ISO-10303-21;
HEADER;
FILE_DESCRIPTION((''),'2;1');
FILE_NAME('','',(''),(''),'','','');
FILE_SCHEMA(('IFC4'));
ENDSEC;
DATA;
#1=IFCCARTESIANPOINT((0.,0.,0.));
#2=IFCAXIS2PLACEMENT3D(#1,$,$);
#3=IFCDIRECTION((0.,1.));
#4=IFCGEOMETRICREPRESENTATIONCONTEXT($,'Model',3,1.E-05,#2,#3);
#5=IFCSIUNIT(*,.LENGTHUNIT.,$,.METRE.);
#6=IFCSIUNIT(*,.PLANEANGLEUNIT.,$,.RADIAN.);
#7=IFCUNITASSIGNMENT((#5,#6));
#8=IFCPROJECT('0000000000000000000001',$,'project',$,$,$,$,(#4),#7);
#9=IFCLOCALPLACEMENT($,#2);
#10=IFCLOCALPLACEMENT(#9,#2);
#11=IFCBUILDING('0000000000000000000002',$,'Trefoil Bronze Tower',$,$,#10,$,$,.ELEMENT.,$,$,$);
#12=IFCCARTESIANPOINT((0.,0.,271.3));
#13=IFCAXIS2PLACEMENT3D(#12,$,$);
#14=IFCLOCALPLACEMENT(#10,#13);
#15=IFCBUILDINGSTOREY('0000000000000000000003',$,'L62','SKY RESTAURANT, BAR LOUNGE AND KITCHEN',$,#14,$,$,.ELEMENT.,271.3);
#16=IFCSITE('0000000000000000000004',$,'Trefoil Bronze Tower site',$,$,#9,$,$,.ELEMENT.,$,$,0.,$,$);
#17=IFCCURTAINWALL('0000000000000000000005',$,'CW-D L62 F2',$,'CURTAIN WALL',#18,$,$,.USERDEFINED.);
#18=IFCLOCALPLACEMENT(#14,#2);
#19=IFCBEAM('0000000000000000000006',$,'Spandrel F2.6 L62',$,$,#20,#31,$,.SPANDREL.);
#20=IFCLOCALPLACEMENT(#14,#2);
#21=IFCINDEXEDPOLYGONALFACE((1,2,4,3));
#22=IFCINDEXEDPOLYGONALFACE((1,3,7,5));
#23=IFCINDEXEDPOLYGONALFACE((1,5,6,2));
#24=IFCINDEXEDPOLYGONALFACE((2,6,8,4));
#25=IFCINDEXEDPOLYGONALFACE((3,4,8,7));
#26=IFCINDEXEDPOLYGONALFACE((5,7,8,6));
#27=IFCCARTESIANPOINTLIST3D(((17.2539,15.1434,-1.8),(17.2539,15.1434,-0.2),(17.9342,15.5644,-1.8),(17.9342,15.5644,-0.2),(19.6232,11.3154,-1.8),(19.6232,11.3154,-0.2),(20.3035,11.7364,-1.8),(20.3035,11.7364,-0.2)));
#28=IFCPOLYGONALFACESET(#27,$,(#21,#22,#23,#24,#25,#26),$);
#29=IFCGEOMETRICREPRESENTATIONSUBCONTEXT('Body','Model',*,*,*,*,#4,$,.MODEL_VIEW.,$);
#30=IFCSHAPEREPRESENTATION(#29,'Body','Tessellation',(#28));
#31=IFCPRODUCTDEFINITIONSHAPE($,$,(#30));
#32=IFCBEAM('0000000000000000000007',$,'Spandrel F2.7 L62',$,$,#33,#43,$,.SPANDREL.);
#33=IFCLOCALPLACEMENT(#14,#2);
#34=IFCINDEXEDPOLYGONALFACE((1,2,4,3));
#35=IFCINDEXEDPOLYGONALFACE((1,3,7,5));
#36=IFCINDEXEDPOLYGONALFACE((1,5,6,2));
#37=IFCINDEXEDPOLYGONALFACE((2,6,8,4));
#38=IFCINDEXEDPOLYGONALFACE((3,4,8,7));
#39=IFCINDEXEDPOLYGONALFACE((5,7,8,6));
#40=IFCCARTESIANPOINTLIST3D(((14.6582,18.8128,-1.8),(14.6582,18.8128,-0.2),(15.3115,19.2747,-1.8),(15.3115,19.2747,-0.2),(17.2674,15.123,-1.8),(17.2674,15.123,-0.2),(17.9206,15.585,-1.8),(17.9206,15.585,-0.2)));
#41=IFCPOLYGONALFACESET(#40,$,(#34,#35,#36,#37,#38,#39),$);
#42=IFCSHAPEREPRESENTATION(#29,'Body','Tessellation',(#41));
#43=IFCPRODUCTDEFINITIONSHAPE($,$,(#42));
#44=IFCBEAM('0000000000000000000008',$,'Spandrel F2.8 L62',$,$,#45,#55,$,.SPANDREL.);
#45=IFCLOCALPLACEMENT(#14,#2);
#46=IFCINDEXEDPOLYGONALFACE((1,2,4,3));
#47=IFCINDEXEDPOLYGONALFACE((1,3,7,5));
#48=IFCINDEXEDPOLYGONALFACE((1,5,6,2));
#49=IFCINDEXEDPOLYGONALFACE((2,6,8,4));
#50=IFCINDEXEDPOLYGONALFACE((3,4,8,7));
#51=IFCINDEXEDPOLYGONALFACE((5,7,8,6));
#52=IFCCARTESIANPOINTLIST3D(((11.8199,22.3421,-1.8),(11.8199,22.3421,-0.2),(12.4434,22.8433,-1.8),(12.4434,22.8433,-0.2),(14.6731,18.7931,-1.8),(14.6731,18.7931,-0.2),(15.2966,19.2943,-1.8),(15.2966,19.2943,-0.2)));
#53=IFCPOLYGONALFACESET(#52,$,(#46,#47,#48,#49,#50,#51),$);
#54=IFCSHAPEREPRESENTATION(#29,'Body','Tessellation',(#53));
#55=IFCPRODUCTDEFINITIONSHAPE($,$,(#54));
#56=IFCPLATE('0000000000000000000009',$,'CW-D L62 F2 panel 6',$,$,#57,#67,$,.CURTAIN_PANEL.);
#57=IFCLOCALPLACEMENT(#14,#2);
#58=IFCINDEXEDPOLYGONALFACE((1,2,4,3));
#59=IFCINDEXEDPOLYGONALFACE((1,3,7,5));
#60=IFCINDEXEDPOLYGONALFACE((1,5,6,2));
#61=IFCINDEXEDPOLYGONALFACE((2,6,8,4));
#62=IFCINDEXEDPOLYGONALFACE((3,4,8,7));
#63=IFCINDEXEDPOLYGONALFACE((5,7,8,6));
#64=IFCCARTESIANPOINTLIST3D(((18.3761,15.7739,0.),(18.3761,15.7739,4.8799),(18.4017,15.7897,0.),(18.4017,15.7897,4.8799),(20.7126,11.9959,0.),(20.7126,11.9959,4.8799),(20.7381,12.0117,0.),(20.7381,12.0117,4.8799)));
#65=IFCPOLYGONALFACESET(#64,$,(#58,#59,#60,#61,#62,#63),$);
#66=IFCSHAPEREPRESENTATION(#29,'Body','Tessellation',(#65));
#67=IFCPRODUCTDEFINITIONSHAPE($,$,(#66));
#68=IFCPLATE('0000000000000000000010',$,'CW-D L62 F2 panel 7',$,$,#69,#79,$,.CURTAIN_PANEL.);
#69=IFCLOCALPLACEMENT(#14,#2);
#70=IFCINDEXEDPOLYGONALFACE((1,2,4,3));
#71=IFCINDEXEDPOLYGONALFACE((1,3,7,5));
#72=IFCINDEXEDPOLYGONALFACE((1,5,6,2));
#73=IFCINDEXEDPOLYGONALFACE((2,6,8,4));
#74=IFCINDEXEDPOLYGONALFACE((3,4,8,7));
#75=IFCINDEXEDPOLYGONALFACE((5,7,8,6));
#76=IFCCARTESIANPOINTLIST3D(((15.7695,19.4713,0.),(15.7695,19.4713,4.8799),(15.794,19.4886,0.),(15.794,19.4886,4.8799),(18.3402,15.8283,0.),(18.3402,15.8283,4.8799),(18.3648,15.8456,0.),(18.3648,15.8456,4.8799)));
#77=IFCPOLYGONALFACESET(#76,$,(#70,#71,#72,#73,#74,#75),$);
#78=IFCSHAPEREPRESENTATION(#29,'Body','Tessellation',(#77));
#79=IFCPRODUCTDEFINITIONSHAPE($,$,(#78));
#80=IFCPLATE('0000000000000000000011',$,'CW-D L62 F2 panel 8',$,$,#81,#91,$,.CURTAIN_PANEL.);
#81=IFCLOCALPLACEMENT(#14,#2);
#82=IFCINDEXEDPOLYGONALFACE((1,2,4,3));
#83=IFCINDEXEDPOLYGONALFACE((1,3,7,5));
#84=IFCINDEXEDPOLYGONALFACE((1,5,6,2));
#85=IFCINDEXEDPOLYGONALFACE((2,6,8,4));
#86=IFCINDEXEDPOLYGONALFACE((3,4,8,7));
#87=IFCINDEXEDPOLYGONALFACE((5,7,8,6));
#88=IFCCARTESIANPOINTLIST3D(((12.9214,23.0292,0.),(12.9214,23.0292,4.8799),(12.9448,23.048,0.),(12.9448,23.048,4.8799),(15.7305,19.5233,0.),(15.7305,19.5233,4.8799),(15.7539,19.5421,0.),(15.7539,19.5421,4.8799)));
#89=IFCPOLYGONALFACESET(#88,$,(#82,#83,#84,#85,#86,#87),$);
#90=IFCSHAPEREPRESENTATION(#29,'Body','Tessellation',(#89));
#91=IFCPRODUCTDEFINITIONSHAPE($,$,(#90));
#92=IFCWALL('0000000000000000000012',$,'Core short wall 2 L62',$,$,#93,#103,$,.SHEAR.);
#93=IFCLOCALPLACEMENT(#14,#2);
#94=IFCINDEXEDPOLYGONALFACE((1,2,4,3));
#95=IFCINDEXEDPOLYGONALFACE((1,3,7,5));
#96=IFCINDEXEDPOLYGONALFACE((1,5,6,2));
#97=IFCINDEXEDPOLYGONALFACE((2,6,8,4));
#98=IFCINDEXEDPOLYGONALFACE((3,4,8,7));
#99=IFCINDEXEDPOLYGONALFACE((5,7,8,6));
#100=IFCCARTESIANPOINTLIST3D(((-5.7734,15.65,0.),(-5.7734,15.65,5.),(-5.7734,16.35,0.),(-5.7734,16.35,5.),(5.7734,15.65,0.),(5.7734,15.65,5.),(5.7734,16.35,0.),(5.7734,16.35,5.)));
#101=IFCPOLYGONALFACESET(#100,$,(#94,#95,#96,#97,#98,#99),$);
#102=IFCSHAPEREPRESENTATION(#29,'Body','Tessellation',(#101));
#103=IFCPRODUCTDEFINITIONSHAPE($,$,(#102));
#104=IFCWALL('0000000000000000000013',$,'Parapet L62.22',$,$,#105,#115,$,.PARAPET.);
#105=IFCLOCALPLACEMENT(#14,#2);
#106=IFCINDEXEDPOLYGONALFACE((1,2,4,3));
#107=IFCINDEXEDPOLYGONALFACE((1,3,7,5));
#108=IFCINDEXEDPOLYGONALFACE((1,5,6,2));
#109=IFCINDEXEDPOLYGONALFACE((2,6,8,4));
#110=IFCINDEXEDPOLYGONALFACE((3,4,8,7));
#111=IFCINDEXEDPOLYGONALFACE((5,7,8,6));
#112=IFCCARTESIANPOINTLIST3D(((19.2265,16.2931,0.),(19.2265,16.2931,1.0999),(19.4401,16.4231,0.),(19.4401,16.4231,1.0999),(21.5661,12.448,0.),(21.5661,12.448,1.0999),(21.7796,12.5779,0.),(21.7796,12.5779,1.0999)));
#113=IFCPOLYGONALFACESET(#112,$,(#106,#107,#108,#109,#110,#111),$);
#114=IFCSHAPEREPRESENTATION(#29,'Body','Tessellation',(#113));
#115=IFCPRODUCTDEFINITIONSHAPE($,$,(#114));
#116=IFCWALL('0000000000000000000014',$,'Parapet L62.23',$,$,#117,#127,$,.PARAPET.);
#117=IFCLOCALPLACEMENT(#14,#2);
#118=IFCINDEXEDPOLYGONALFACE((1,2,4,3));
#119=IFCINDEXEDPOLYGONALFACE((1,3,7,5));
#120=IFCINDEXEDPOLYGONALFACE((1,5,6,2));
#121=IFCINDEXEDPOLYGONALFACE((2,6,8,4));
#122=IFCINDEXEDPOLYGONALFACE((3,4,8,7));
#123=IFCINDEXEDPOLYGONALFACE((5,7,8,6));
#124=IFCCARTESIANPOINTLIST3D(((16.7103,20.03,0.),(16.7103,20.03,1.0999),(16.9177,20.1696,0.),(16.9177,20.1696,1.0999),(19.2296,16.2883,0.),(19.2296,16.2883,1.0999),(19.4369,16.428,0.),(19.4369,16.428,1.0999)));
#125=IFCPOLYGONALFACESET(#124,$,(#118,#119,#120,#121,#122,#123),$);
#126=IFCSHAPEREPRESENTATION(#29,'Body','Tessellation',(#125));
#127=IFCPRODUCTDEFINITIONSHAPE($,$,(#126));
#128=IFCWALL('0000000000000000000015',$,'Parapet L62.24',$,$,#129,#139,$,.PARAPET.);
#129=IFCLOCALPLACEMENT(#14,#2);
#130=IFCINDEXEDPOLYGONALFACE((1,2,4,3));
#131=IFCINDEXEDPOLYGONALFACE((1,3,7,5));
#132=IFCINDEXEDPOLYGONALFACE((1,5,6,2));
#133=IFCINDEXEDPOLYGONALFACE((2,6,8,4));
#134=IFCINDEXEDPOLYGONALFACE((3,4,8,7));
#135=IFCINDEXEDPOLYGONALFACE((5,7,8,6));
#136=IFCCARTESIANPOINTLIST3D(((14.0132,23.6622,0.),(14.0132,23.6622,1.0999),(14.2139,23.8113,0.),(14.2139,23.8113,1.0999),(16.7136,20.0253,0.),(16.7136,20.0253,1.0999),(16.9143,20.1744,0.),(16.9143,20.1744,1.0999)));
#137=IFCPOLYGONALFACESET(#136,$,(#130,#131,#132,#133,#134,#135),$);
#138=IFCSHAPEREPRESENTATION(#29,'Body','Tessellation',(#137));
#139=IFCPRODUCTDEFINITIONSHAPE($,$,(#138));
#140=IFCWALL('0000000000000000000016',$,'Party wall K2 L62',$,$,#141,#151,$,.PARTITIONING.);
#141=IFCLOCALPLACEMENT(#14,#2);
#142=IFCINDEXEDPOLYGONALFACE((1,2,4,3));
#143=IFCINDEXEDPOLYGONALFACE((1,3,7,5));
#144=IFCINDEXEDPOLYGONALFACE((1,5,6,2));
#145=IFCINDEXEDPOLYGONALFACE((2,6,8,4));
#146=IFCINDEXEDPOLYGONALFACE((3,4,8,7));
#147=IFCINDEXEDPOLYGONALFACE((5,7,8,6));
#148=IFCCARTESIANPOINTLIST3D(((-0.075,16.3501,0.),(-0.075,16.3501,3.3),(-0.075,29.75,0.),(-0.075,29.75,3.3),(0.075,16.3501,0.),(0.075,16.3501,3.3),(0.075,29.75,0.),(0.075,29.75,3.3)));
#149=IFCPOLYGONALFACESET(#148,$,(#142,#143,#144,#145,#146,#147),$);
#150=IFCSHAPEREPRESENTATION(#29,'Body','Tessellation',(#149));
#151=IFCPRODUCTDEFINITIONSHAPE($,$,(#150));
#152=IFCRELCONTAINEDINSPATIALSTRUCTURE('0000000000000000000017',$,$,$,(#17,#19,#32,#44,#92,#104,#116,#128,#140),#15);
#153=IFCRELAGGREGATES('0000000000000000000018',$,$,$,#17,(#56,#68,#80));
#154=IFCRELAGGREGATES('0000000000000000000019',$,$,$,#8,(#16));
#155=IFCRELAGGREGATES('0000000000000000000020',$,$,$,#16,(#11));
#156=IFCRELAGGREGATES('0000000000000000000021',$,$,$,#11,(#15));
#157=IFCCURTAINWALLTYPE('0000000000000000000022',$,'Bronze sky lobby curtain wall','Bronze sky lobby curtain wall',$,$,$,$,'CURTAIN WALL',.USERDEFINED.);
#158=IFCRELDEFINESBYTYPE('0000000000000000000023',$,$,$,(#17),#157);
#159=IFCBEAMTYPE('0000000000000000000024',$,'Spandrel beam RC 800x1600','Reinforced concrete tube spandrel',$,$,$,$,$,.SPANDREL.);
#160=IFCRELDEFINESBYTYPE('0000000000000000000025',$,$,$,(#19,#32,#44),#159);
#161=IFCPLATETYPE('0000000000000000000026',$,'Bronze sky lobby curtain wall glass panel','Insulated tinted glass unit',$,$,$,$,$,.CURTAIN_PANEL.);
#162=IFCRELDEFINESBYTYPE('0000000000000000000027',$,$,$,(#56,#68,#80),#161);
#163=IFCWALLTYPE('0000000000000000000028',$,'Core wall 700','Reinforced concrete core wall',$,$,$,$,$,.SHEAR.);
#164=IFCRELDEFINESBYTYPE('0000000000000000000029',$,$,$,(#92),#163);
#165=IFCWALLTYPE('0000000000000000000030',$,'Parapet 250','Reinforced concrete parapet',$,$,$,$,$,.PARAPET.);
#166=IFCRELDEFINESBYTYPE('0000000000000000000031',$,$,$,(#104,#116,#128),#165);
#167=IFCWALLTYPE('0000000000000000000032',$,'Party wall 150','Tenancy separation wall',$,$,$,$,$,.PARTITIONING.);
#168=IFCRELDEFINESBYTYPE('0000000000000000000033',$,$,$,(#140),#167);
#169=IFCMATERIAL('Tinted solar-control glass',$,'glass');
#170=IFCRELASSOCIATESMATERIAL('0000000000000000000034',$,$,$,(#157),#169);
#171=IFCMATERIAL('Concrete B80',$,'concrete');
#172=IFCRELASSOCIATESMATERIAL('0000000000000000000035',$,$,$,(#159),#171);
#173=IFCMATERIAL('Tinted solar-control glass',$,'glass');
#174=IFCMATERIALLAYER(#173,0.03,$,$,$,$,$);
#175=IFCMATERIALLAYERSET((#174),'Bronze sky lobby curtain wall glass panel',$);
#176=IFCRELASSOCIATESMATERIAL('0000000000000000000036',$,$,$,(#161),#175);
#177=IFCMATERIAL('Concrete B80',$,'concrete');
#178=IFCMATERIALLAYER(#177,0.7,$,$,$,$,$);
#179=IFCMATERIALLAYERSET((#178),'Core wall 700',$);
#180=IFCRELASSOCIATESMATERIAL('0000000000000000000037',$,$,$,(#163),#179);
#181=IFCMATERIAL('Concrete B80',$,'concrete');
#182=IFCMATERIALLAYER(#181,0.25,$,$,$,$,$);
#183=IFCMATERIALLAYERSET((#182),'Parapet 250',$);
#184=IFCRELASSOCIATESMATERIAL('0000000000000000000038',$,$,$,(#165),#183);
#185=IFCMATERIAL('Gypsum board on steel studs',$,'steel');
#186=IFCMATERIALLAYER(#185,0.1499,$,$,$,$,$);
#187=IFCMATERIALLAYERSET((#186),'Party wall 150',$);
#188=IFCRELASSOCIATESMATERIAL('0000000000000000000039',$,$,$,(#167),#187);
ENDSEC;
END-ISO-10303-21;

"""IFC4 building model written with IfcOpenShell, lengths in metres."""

from ifc_helpers import new_model, si_unit, direction, frame, frame_2d, origin, origin_2d, place, context, subcontext, project, spatial, rectangle, extrude, material, layer, layer_set, material_profile, profile_set, type_object, element, aggregate, save


model = new_model("IFC4")

# Units and contexts
model_context = context("Model", 3, precision=1e-05, world=origin(), true_north=direction((0.0, 1.0)))
body_context = subcontext(model_context, "Body", "Model", "MODEL_VIEW")
ifc_project = project(units=[si_unit("LENGTHUNIT", "METRE"), si_unit("PLANEANGLEUNIT", "RADIAN")], contexts=[model_context])

# Site, building, storey
site_placement = place(None, origin())
site = spatial("IfcSite", under=ifc_project, at=site_placement, Name="Trefoil Bronze Tower site", CompositionType="ELEMENT", RefElevation=0.0)
building_placement = place(site_placement, origin())
building = spatial("IfcBuilding", under=site, at=building_placement, Name="Trefoil Bronze Tower", CompositionType="ELEMENT")
storey_placement = place(building_placement, frame((0.0, 0.0, 271.3)))
storey = spatial("IfcBuildingStorey", under=building, at=storey_placement, Name="L62", Description="SKY RESTAURANT, BAR LOUNGE AND KITCHEN", CompositionType="ELEMENT", Elevation=271.3)

# Curtain wall
ifc_material_1 = material(Name="Tinted solar-control glass", Category="glass")
curtain_wall_type = type_object("IfcCurtainWallType", Name="Bronze sky lobby curtain wall", Description="Bronze sky lobby curtain wall", ElementType="CURTAIN WALL", PredefinedType="USERDEFINED", material=ifc_material_1)
curtain_wall_placement = place(storey_placement, origin())
curtain_wall = element("IfcCurtainWall", 1, at=curtain_wall_placement, inside=storey, type_object=curtain_wall_type, Name="CW-D L62 F2", ObjectType="CURTAIN WALL", PredefinedType="USERDEFINED")

# Beams
ifc_material_2 = material(Name="Concrete B80", Category="concrete")
ifc_material_profile_1 = material_profile(ifc_material_2, rectangle(XDim=0.8, YDim=1.6001, at=origin_2d()), Name="RC 800x1600")
ifc_profile_set_1 = profile_set([ifc_material_profile_1], Name="Concrete B80")
beam_type_1 = type_object("IfcBeamType", Name="Spandrel beam RC 800x1600", Description="Reinforced concrete tube spandrel", PredefinedType="SPANDREL", material=ifc_profile_set_1)
beam_1_placement = place(storey_placement, frame((19.9634, 11.5259, -1.0), z_axis=(-0.526289, 0.850306, 0.0), x_axis=(-0.850306, -0.526289, 0.0)))
element("IfcBeam", 2, at=beam_1_placement, inside=storey, type_object=beam_type_1, Name="Spandrel F2.6 L62", PredefinedType="SPANDREL", context=body_context, shape_type="SweptSolid", body=[
    extrude(rectangle(XDim=0.8, YDim=1.6001, at=origin_2d()), origin(), (0.0, 0.0, 1.0), 4.502),
])
beam_2_placement = place(storey_placement, frame((17.594, 15.354, -1.0), z_axis=(-0.577368, 0.816484, 0.0), x_axis=(-0.816484, -0.577368, 0.0)))
element("IfcBeam", 3, at=beam_2_placement, inside=storey, type_object=beam_type_1, Name="Spandrel F2.7 L62", PredefinedType="SPANDREL", context=body_context, shape_type="SweptSolid", body=[
    extrude(rectangle(XDim=0.8, YDim=1.6001, at=origin_2d()), origin(), (0.0, 0.0, 1.0), 4.519),
])
beam_3_placement = place(storey_placement, frame((14.9849, 19.0437, -1.0), z_axis=(-0.62657, 0.779365, 0.0), x_axis=(-0.779365, -0.62657, 0.0)))
element("IfcBeam", 4, at=beam_3_placement, inside=storey, type_object=beam_type_1, Name="Spandrel F2.8 L62", PredefinedType="SPANDREL", context=body_context, shape_type="SweptSolid", body=[
    extrude(rectangle(XDim=0.8, YDim=1.6001, at=origin_2d()), origin(), (0.0, 0.0, 1.0), 4.5537),
])

# Plates
ifc_material_3 = material(Name="Tinted solar-control glass", Category="glass")
ifc_layer_1 = layer(ifc_material_3, 0.03)
ifc_layer_set_1 = layer_set([ifc_layer_1], Name="Bronze sky lobby curtain wall glass panel")
plate_type = type_object("IfcPlateType", Name="Bronze sky lobby curtain wall glass panel", Description="Insulated tinted glass unit", PredefinedType="CURTAIN_PANEL", material=ifc_layer_set_1)
plate_1_placement = place(storey_placement, frame((19.5571, 13.8928, 0.0), z_axis=(0.0, 0.0, 1.0), x_axis=(-0.52598, 0.850497, 0.0)))
plate_1 = element("IfcPlate", 5, at=plate_1_placement, type_object=plate_type, Name="CW-D L62 F2 panel 6", PredefinedType="CURTAIN_PANEL", context=body_context, shape_type="SweptSolid", body=[
    extrude(rectangle(XDim=4.4421, YDim=0.03, at=origin_2d()), origin(), (0.0, 0.0, 1.0), 4.8799),
])
plate_2_placement = place(storey_placement, frame((17.0671, 17.6584, 0.0), z_axis=(0.0, 0.0, 1.0), x_axis=(-0.576561, 0.817054, 0.0)))
plate_2 = element("IfcPlate", 6, at=plate_2_placement, type_object=plate_type, Name="CW-D L62 F2 panel 7", PredefinedType="CURTAIN_PANEL", context=body_context, shape_type="SweptSolid", body=[
    extrude(rectangle(XDim=4.4587, YDim=0.03, at=origin_2d()), origin(), (0.0, 0.0, 1.0), 4.8799),
])
plate_3_placement = place(storey_placement, frame((14.3376, 21.2856, 0.0), z_axis=(0.0, 0.0, 1.0), x_axis=(-0.625287, 0.780395, 0.0)))
plate_3 = element("IfcPlate", 7, at=plate_3_placement, type_object=plate_type, Name="CW-D L62 F2 panel 8", PredefinedType="CURTAIN_PANEL", context=body_context, shape_type="SweptSolid", body=[
    extrude(rectangle(XDim=4.4924, YDim=0.03, at=origin_2d()), origin(), (0.0, 0.0, 1.0), 4.8799),
])
aggregate(curtain_wall, [plate_1, plate_2, plate_3])

# Walls
ifc_material_4 = material(Name="Concrete B80", Category="concrete")
ifc_layer_2 = layer(ifc_material_4, 0.7)
ifc_layer_set_2 = layer_set([ifc_layer_2], Name="Core wall 700")
wall_type_1 = type_object("IfcWallType", Name="Core wall 700", Description="Reinforced concrete core wall", PredefinedType="SHEAR", material=ifc_layer_set_2)
wall_1_placement = place(storey_placement, frame((5.7734, 16.0, 0.0), z_axis=(0.0, 0.0, 1.0), x_axis=(-1.0, 0.0, 0.0)))
element("IfcWall", 8, at=wall_1_placement, inside=storey, type_object=wall_type_1, Name="Core short wall 2 L62", PredefinedType="SHEAR", context=body_context, shape_type="SweptSolid", body=[
    extrude(rectangle(XDim=11.5469, YDim=0.7, at=frame_2d((5.7734, 0.0))), origin(), (0.0, 0.0, 1.0), 5.0),
])
ifc_material_5 = material(Name="Concrete B80", Category="concrete")
ifc_layer_3 = layer(ifc_material_5, 0.25)
ifc_layer_set_3 = layer_set([ifc_layer_3], Name="Parapet 250")
wall_type_2 = type_object("IfcWallType", Name="Parapet 250", Description="Reinforced concrete parapet", PredefinedType="PARAPET", material=ifc_layer_set_3)
wall_2_placement = place(storey_placement, frame((21.6729, 12.5129, 0.0), z_axis=(0.0, 0.0, 1.0), x_axis=(-0.51979, 0.854294, 0.0)))
element("IfcWall", 9, at=wall_2_placement, inside=storey, type_object=wall_type_2, Name="Parapet L62.22", PredefinedType="PARAPET", context=body_context, shape_type="SweptSolid", body=[
    extrude(rectangle(XDim=4.501, YDim=0.25, at=frame_2d((2.2505, 0.0))), origin(), (0.0, 0.0, 1.0), 1.0999),
])
wall_3_placement = place(storey_placement, frame((19.3333, 16.3582, 0.0), z_axis=(0.0, 0.0, 1.0), x_axis=(-0.558504, 0.829502, 0.0)))
element("IfcWall", 10, at=wall_3_placement, inside=storey, type_object=wall_type_2, Name="Parapet L62.23", PredefinedType="PARAPET", context=body_context, shape_type="SweptSolid", body=[
    extrude(rectangle(XDim=4.5107, YDim=0.25, at=frame_2d((2.2554, 0.0))), origin(), (0.0, 0.0, 1.0), 1.0999),
])
wall_4_placement = place(storey_placement, frame((16.814, 20.0999, 0.0), z_axis=(0.0, 0.0, 1.0), x_axis=(-0.596138, 0.802882, 0.0)))
element("IfcWall", 11, at=wall_4_placement, inside=storey, type_object=wall_type_2, Name="Parapet L62.24", PredefinedType="PARAPET", context=body_context, shape_type="SweptSolid", body=[
    extrude(rectangle(XDim=4.5298, YDim=0.25, at=frame_2d((2.2649, 0.0))), origin(), (0.0, 0.0, 1.0), 1.0999),
])
ifc_material_6 = material(Name="Gypsum board on steel studs", Category="steel")
ifc_layer_4 = layer(ifc_material_6, 0.1499)
ifc_layer_set_4 = layer_set([ifc_layer_4], Name="Party wall 150")
wall_type_3 = type_object("IfcWallType", Name="Party wall 150", Description="Tenancy separation wall", PredefinedType="PARTITIONING", material=ifc_layer_set_4)
wall_5_placement = place(storey_placement, frame((0.0, 16.3501, 0.0), z_axis=(0.0, 0.0, 1.0), x_axis=(0.0, 1.0, 0.0)))
element("IfcWall", 12, at=wall_5_placement, inside=storey, type_object=wall_type_3, Name="Party wall K2 L62", PredefinedType="PARTITIONING", context=body_context, shape_type="SweptSolid", body=[
    extrude(rectangle(XDim=13.3999, YDim=0.1499, at=frame_2d((6.7, 0.0))), origin(), (0.0, 0.0, 1.0), 3.3),
])

save(model, "model.ifc")
